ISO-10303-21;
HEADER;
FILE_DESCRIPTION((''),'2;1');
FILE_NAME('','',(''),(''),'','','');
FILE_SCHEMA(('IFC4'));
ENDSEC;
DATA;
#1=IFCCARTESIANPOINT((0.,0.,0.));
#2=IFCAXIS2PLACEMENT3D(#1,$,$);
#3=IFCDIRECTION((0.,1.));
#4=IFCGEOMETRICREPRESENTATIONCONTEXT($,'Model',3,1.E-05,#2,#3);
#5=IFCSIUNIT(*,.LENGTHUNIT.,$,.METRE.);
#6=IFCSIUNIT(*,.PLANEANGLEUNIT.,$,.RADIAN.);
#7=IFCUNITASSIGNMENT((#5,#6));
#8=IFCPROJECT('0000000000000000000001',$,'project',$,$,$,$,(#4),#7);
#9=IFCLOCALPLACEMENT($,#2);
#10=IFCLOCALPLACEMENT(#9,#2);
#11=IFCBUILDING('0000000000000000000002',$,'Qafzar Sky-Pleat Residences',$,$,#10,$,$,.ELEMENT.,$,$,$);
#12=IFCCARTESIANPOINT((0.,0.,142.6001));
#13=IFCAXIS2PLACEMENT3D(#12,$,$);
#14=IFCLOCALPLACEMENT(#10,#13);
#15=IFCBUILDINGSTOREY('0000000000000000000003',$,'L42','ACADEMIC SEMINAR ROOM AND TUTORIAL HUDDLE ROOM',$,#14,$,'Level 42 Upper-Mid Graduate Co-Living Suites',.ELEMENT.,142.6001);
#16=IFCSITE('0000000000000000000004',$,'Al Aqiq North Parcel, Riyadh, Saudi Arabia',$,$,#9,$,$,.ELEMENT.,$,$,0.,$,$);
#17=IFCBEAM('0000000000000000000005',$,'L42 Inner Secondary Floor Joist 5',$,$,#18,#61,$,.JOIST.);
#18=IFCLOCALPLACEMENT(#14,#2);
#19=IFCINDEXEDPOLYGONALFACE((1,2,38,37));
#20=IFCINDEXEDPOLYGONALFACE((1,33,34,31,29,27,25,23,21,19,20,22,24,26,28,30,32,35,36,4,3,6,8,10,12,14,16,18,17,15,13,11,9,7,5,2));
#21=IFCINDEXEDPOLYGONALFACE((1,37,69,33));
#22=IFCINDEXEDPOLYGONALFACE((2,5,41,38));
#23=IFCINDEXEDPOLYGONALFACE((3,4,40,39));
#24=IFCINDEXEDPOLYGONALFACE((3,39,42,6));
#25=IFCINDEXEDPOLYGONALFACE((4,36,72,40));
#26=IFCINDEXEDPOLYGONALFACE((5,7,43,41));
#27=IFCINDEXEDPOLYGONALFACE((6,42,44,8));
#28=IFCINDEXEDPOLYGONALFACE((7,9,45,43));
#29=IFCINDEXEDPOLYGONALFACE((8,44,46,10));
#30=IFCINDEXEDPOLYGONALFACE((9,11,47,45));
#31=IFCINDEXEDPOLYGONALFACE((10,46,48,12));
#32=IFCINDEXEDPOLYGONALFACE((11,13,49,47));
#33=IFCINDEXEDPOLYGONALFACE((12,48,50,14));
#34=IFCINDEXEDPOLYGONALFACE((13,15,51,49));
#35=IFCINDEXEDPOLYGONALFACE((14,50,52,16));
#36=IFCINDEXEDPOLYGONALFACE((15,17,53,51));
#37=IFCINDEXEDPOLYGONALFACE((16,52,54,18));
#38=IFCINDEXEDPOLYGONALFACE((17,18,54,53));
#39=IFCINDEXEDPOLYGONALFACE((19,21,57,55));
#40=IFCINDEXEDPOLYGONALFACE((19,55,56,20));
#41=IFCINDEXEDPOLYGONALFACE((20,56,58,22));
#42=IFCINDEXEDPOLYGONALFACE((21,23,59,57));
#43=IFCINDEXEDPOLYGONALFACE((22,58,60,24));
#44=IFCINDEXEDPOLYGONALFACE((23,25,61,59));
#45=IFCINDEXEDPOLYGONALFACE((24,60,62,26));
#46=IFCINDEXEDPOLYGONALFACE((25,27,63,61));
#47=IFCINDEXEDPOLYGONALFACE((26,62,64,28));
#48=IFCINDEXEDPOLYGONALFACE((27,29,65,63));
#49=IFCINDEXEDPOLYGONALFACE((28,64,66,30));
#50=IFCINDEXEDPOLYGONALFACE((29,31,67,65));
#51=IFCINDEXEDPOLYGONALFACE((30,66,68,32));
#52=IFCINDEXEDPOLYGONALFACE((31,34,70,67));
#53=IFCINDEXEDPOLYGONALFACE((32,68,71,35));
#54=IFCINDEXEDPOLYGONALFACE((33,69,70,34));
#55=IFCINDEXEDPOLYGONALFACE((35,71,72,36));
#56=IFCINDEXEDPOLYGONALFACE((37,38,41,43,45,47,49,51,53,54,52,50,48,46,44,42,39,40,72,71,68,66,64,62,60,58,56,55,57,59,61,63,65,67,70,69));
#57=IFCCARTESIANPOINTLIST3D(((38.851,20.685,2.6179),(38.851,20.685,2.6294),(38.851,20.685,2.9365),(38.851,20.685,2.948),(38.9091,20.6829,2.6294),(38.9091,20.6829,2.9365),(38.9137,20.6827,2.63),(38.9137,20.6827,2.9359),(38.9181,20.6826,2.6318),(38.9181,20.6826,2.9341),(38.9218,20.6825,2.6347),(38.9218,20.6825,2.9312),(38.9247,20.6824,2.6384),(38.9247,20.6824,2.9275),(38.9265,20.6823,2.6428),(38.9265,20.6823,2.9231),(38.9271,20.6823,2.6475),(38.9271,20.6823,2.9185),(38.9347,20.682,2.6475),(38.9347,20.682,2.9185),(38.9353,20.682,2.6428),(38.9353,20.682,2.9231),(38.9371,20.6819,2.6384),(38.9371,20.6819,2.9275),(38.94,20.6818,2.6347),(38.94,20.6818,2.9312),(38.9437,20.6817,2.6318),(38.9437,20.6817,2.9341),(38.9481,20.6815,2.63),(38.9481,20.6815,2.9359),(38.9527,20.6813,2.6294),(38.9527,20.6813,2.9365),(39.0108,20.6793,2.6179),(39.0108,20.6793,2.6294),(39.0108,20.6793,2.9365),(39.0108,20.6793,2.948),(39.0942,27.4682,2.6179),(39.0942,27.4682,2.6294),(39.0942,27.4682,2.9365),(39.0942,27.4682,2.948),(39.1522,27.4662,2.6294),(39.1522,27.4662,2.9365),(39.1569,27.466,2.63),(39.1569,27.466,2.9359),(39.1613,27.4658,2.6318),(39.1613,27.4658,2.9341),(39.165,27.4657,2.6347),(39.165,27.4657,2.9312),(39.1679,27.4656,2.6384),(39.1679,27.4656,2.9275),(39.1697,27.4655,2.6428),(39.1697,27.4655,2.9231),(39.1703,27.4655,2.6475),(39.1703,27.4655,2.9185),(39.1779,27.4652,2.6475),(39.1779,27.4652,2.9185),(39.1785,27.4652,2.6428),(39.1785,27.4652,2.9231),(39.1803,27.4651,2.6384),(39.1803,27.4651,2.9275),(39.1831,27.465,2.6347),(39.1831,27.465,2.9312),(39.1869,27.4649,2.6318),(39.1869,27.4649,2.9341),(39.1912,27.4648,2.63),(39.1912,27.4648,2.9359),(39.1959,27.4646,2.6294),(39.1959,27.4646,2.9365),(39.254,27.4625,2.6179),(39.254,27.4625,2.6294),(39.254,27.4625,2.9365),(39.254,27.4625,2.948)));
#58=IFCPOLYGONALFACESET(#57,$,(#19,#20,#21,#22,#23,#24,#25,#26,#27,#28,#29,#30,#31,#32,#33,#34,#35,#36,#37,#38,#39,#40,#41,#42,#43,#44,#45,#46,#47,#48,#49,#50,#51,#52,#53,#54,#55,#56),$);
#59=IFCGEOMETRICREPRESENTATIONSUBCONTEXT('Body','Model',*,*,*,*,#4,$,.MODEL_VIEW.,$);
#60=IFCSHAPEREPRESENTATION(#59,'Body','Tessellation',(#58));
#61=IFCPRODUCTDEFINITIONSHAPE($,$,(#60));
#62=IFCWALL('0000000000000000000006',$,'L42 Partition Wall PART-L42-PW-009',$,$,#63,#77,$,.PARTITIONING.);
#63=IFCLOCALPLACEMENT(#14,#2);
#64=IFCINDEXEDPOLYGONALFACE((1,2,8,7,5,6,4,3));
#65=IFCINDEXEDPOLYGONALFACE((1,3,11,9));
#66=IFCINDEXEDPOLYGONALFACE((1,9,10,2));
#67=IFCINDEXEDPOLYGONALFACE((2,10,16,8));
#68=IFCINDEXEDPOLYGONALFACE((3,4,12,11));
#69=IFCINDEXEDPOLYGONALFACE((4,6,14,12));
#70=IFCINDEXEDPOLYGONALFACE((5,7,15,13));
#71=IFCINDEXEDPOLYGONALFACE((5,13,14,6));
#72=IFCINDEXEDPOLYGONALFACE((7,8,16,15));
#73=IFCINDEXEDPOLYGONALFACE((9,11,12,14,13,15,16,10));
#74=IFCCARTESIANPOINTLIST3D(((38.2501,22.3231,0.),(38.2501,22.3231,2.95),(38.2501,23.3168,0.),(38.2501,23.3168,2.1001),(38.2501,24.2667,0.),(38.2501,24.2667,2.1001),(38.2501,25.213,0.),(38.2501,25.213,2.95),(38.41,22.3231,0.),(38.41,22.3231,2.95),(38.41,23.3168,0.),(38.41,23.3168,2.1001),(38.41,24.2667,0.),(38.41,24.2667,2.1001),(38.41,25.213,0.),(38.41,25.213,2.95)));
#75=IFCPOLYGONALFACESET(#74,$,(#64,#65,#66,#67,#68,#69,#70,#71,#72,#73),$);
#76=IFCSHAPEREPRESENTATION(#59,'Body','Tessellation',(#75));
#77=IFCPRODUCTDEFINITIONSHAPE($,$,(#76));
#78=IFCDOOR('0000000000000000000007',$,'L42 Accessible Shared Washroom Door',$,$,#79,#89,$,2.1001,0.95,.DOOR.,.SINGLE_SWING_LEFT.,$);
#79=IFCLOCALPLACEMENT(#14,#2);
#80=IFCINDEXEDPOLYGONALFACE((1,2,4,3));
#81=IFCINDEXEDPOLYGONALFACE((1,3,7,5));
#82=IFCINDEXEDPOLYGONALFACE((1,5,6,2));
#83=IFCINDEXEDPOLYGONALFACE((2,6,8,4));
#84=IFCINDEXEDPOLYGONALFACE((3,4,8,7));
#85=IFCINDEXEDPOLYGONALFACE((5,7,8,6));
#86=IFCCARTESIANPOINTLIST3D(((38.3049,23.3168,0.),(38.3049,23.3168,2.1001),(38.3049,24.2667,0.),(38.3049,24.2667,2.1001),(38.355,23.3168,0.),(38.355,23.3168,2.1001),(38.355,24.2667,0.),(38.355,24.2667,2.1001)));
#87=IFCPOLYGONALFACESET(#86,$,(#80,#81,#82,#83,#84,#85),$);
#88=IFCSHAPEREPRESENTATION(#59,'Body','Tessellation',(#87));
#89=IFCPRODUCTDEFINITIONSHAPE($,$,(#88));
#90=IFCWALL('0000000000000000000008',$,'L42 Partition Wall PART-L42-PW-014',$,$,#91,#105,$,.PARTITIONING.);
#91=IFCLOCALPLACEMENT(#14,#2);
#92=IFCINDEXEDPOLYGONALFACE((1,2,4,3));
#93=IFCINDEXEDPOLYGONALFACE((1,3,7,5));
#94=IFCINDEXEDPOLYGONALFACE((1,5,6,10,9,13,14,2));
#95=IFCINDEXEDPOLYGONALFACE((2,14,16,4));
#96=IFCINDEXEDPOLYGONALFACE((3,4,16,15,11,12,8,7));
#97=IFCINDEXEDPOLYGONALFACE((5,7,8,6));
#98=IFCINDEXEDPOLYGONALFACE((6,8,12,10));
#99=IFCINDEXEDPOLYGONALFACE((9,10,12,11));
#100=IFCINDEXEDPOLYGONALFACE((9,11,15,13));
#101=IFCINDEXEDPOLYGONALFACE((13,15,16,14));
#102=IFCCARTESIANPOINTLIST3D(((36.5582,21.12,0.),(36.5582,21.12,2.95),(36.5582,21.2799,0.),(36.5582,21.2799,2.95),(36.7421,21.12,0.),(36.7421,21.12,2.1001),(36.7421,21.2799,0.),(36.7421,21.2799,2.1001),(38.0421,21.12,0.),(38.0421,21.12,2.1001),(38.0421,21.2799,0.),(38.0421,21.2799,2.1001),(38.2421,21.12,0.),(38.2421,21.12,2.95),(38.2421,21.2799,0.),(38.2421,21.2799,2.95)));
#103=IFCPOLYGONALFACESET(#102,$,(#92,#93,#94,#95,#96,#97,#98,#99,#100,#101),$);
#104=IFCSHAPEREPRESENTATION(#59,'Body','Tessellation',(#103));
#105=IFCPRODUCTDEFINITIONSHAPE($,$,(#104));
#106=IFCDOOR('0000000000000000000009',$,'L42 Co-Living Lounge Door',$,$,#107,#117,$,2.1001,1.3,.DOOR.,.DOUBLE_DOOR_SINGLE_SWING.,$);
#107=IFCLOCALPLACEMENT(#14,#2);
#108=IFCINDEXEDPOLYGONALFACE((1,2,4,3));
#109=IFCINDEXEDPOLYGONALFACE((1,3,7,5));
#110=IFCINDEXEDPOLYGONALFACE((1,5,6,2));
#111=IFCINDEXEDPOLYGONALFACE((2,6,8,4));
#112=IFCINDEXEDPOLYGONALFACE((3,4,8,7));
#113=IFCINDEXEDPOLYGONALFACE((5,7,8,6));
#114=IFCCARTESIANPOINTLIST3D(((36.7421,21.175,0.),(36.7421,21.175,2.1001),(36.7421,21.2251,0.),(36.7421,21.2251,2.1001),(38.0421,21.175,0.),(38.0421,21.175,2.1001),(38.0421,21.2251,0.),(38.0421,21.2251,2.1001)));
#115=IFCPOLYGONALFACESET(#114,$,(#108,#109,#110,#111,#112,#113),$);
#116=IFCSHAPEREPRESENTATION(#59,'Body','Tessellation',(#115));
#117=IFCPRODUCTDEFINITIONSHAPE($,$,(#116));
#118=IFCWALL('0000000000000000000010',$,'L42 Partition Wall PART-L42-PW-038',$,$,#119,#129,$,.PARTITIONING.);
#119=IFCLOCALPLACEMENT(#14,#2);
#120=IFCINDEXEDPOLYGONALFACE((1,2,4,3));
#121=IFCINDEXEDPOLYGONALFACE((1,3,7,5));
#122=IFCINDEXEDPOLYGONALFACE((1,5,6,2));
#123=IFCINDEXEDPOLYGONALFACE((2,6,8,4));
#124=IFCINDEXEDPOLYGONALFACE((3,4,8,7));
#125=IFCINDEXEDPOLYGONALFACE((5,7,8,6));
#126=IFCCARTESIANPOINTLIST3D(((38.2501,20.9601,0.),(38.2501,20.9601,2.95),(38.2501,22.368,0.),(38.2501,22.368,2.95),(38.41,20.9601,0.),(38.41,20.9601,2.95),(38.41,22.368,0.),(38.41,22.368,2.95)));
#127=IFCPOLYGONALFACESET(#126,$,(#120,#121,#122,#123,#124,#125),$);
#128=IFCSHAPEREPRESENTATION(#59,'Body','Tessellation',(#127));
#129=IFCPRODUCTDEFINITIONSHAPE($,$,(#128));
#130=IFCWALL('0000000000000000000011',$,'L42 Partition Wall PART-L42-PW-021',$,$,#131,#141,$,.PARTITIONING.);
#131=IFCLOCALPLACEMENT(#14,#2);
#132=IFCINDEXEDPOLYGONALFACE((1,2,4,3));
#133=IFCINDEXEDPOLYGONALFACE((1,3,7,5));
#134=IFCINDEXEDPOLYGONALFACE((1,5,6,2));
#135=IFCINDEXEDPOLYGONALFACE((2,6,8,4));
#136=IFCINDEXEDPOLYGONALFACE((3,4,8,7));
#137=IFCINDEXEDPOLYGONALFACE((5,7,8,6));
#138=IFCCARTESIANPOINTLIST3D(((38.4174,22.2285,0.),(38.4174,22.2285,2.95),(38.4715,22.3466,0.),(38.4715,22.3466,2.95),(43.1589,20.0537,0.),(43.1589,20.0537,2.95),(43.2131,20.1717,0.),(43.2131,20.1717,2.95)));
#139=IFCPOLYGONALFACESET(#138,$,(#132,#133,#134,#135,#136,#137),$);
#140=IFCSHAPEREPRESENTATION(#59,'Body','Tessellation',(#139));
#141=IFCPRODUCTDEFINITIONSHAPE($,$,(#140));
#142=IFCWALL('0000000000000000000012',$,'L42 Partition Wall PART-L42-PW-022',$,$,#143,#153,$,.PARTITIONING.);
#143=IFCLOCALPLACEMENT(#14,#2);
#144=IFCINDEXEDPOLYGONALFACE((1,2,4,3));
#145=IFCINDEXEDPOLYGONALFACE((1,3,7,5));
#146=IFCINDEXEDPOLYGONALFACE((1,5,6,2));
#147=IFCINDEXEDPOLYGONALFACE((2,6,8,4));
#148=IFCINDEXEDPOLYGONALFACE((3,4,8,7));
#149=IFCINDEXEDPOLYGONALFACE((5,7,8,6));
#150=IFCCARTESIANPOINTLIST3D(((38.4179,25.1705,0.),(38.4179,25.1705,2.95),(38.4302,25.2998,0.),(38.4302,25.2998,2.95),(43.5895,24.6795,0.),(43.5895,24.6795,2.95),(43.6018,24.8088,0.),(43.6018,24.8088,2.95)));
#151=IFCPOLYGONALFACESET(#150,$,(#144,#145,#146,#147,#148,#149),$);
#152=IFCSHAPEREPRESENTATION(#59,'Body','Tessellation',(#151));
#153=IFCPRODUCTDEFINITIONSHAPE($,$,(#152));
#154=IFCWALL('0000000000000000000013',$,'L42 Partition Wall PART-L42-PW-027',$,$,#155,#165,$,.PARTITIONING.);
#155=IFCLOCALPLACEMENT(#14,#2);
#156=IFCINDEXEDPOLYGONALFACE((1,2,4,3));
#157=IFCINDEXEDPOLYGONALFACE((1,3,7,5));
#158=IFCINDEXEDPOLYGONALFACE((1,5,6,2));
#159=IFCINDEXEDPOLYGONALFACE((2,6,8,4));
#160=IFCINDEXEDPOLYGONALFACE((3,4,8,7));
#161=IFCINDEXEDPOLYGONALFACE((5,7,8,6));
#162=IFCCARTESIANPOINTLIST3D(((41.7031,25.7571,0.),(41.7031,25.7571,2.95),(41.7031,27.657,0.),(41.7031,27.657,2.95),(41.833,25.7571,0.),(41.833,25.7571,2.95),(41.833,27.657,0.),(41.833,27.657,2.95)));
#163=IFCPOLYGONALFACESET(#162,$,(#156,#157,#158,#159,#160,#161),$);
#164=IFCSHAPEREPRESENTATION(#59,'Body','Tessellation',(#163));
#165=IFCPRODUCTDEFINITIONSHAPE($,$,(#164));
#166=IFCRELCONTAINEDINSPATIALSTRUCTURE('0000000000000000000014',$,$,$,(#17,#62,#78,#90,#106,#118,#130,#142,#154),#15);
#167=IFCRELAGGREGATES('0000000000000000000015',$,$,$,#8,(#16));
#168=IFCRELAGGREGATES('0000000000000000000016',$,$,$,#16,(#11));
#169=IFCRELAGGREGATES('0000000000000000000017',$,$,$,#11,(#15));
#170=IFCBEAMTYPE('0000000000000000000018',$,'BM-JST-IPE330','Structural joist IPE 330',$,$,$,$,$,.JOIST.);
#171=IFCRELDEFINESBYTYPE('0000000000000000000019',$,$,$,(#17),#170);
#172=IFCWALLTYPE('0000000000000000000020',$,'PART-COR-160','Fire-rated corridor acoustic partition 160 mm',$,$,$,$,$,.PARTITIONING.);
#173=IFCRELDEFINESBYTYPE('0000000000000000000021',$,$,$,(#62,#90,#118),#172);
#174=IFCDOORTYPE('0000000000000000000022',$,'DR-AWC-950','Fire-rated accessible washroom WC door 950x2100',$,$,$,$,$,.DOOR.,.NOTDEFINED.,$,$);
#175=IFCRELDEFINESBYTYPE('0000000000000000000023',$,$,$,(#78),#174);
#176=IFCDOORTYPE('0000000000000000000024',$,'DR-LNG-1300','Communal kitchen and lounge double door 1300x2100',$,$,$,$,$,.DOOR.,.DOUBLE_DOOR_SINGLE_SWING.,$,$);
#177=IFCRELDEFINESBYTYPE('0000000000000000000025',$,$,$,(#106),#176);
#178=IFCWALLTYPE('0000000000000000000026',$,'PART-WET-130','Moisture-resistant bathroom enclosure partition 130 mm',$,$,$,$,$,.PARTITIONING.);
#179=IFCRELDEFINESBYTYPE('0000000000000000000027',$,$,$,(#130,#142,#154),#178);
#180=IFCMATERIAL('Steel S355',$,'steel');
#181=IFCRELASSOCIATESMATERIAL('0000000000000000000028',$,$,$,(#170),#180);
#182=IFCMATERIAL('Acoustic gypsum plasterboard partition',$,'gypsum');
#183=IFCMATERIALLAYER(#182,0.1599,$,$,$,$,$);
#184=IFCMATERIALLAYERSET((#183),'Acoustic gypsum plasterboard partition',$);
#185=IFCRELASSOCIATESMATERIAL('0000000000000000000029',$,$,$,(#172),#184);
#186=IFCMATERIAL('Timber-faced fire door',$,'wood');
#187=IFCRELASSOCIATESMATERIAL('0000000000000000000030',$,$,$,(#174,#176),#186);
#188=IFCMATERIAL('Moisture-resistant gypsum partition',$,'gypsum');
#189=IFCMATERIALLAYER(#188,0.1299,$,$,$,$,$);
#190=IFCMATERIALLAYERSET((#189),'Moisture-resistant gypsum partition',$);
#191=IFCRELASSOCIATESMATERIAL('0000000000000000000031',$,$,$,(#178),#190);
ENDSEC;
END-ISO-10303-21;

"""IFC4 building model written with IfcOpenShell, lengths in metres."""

from ifc_helpers import new_model, si_unit, direction, frame, frame_2d, origin, origin_2d, place, context, subcontext, project, spatial, rectangle, i_section, extrude, source, transform, mapped, material, layer, layer_set, material_profile, profile_set, type_object, element, fill, save


model = new_model("IFC4")

# Units and contexts
model_context = context("Model", 3, precision=1e-05, world=origin(), true_north=direction((0.0, 1.0)))
body_context = subcontext(model_context, "Body", "Model", "MODEL_VIEW")
ifc_project = project(units=[si_unit("LENGTHUNIT", "METRE"), si_unit("PLANEANGLEUNIT", "RADIAN")], contexts=[model_context])

# Site, building, storey
site_placement = place(None, origin())
site = spatial("IfcSite", under=ifc_project, at=site_placement, Name="Al Aqiq North Parcel, Riyadh, Saudi Arabia", CompositionType="ELEMENT", RefElevation=0.0)
building_placement = place(site_placement, origin())
building = spatial("IfcBuilding", under=site, at=building_placement, Name="Qafzar Sky-Pleat Residences", CompositionType="ELEMENT")
storey_placement = place(building_placement, frame((0.0, 0.0, 142.6001)))
storey = spatial("IfcBuildingStorey", under=building, at=storey_placement, Name="L42", Description="ACADEMIC SEMINAR ROOM AND TUTORIAL HUDDLE ROOM", LongName="Level 42 Upper-Mid Graduate Co-Living Suites", CompositionType="ELEMENT", Elevation=142.6001)

# Shared definitions
ifc_material_1 = material(Name="Steel S355", Category="steel")

# Beam
ifc_material_profile_1 = material_profile(ifc_material_1, i_section(OverallWidth=0.1599, OverallDepth=0.3301, WebThickness=0.0076, FlangeThickness=0.0115, FilletRadius=0.0181, at=origin_2d()), Name="IPE 330")
ifc_profile_set_1 = profile_set([ifc_material_profile_1], Name="Steel S355")
beam_type_1 = type_object("IfcBeamType", Name="BM-JST-IPE330", Description="Structural joist IPE 330", PredefinedType="JOIST", material=ifc_profile_set_1)
shared_shape_1 = source(origin(), body_context, "Body", "SweptSolid", [
    extrude(i_section(OverallWidth=0.1599, OverallDepth=0.3301, WebThickness=0.0076, FlangeThickness=0.0115, FilletRadius=0.0181, at=origin_2d()), origin(), (0.0, 0.0, 1.0), 6.7876),
])
beam_1_placement = place(storey_placement, frame((38.9309, 20.6821, 2.783), z_axis=(0.035825, 0.999358, 0.0), x_axis=(-0.999358, 0.035825, 0.0)))
element("IfcBeam", 1, at=beam_1_placement, inside=storey, type_object=beam_type_1, Name="L42 Inner Secondary Floor Joist 5", PredefinedType="JOIST", context=body_context, shape_type="MappedRepresentation", body=[
    mapped(shared_shape_1, transform((0.0, 0.0, 0.0), x_axis=(1.0, 0.0, 0.0), y_axis=(0.0, 1.0, 0.0), z_axis=(0.0, 0.0, 1.0), scale=1.0)),
])

# Walls, openings, doors
ifc_material_2 = material(Name="Acoustic gypsum plasterboard partition", Category="gypsum")
ifc_layer_1 = layer(ifc_material_2, 0.1599)
ifc_layer_set_1 = layer_set([ifc_layer_1], Name="Acoustic gypsum plasterboard partition")
wall_type_1 = type_object("IfcWallType", Name="PART-COR-160", Description="Fire-rated corridor acoustic partition 160 mm", PredefinedType="PARTITIONING", material=ifc_layer_set_1)
wall_1_placement = place(storey_placement, frame((38.3301, 25.2129, 0.0), z_axis=(0.0, 0.0, 1.0), x_axis=(0.0, -1.0, 0.0)))
wall_1 = element("IfcWall", 2, at=wall_1_placement, inside=storey, type_object=wall_type_1, Name="L42 Partition Wall PART-L42-PW-009", PredefinedType="PARTITIONING", context=body_context, shape_type="SweptSolid", body=[
    extrude(rectangle(XDim=2.8899, YDim=0.1599, at=frame_2d((1.4448, 0.0))), origin(), (0.0, 0.0, 1.0), 2.95),
])
opening_1_placement = place(wall_1_placement, frame((0.946, 0.0, 0.0)))
opening_1 = element("IfcOpeningElement", 3, at=opening_1_placement, cuts=wall_1, PredefinedType="OPENING", context=body_context, shape_type="SweptSolid", body=[
    extrude(rectangle(XDim=0.95, YDim=2.1001, at=frame_2d((0.4751, 1.05))), frame((0.0, 0.0898, 0.0), z_axis=(0.0, -1.0, 0.0), x_axis=(1.0, 0.0, 0.0)), (0.0, 0.0, 1.0), 0.1799),
])
ifc_material_3 = material(Name="Timber-faced fire door", Category="wood")
door_type_1 = type_object("IfcDoorType", Name="DR-AWC-950", Description="Fire-rated accessible washroom WC door 950x2100", OperationType="NOTDEFINED", PredefinedType="DOOR", material=ifc_material_3)
shared_shape_2 = source(origin(), body_context, "Body", "SweptSolid", [
    extrude(rectangle(XDim=0.95, YDim=2.1001, at=frame_2d((0.4751, 1.05))), frame((0.0, 0.0249, 0.0), z_axis=(0.0, -1.0, 0.0), x_axis=(1.0, 0.0, 0.0)), (0.0, 0.0, 1.0), 0.05),
])
door_1_placement = place(opening_1_placement, origin())
door_1 = element("IfcDoor", 4, at=door_1_placement, inside=storey, type_object=door_type_1, Name="L42 Accessible Shared Washroom Door", OperationType="SINGLE_SWING_LEFT", OverallHeight=2.1001, OverallWidth=0.95, PredefinedType="DOOR", context=body_context, shape_type="MappedRepresentation", body=[
    mapped(shared_shape_2, transform((0.0, 0.0, 0.0), x_axis=(1.0, 0.0, 0.0), y_axis=(0.0, 1.0, 0.0), z_axis=(0.0, 0.0, 1.0), scale=1.0)),
])
fill(opening_1, door_1)
wall_2_placement = place(storey_placement, frame((38.2419, 21.2, 0.0), z_axis=(0.0, 0.0, 1.0), x_axis=(-1.0, 0.0, 0.0)))
wall_2 = element("IfcWall", 5, at=wall_2_placement, inside=storey, type_object=wall_type_1, Name="L42 Partition Wall PART-L42-PW-014", PredefinedType="PARTITIONING", context=body_context, shape_type="SweptSolid", body=[
    extrude(rectangle(XDim=1.6838, YDim=0.1599, at=frame_2d((0.8418, 0.0))), origin(), (0.0, 0.0, 1.0), 2.95),
])
opening_2_placement = place(wall_2_placement, frame((0.2, 0.0, 0.0)))
opening_2 = element("IfcOpeningElement", 6, at=opening_2_placement, cuts=wall_2, PredefinedType="OPENING", context=body_context, shape_type="SweptSolid", body=[
    extrude(rectangle(XDim=1.3, YDim=2.1001, at=frame_2d((0.6499, 1.05))), frame((0.0, 0.0898, 0.0), z_axis=(0.0, -1.0, 0.0), x_axis=(1.0, 0.0, 0.0)), (0.0, 0.0, 1.0), 0.1799),
])
door_type_2 = type_object("IfcDoorType", Name="DR-LNG-1300", Description="Communal kitchen and lounge double door 1300x2100", OperationType="DOUBLE_DOOR_SINGLE_SWING", PredefinedType="DOOR", material=ifc_material_3)
shared_shape_3 = source(origin(), body_context, "Body", "SweptSolid", [
    extrude(rectangle(XDim=1.3, YDim=2.1001, at=frame_2d((0.6499, 1.05))), frame((0.0, 0.0249, 0.0), z_axis=(0.0, -1.0, 0.0), x_axis=(1.0, 0.0, 0.0)), (0.0, 0.0, 1.0), 0.05),
])
door_2_placement = place(opening_2_placement, origin())
door_2 = element("IfcDoor", 7, at=door_2_placement, inside=storey, type_object=door_type_2, Name="L42 Co-Living Lounge Door", OperationType="DOUBLE_DOOR_SINGLE_SWING", OverallHeight=2.1001, OverallWidth=1.3, PredefinedType="DOOR", context=body_context, shape_type="MappedRepresentation", body=[
    mapped(shared_shape_3, transform((0.0, 0.0, 0.0), x_axis=(1.0, 0.0, 0.0), y_axis=(0.0, 1.0, 0.0), z_axis=(0.0, 0.0, 1.0), scale=1.0)),
])
fill(opening_2, door_2)

# Walls
wall_3_placement = place(storey_placement, frame((38.3301, 20.96, 0.0), z_axis=(0.0, 0.0, 1.0), x_axis=(0.0, 1.0, 0.0)))
element("IfcWall", 8, at=wall_3_placement, inside=storey, type_object=wall_type_1, Name="L42 Partition Wall PART-L42-PW-038", PredefinedType="PARTITIONING", context=body_context, shape_type="SweptSolid", body=[
    extrude(rectangle(XDim=1.408, YDim=0.1599, at=frame_2d((0.7041, 0.0))), origin(), (0.0, 0.0, 1.0), 2.95),
])
ifc_material_4 = material(Name="Moisture-resistant gypsum partition", Category="gypsum")
ifc_layer_2 = layer(ifc_material_4, 0.1299)
ifc_layer_set_2 = layer_set([ifc_layer_2], Name="Moisture-resistant gypsum partition")
wall_type_2 = type_object("IfcWallType", Name="PART-WET-130", Description="Moisture-resistant bathroom enclosure partition 130 mm", PredefinedType="PARTITIONING", material=ifc_layer_set_2)
wall_4_placement = place(storey_placement, frame((38.4443, 22.2876, 0.0), z_axis=(0.0, 0.0, 1.0), x_axis=(0.908946, -0.416914, 0.0)))
element("IfcWall", 9, at=wall_4_placement, inside=storey, type_object=wall_type_2, Name="L42 Partition Wall PART-L42-PW-021", PredefinedType="PARTITIONING", context=body_context, shape_type="SweptSolid", body=[
    extrude(rectangle(XDim=5.2166, YDim=0.1299, at=frame_2d((2.6084, 0.0))), origin(), (0.0, 0.0, 1.0), 2.95),
])
wall_5_placement = place(storey_placement, frame((38.4241, 25.2351, 0.0), z_axis=(0.0, 0.0, 1.0), x_axis=(0.995524, -0.09451, 0.0)))
element("IfcWall", 10, at=wall_5_placement, inside=storey, type_object=wall_type_2, Name="L42 Partition Wall PART-L42-PW-022", PredefinedType="PARTITIONING", context=body_context, shape_type="SweptSolid", body=[
    extrude(rectangle(XDim=5.1948, YDim=0.1299, at=frame_2d((2.5974, 0.0))), origin(), (0.0, 0.0, 1.0), 2.95),
])
wall_6_placement = place(storey_placement, frame((41.7681, 25.7571, 0.0), z_axis=(0.0, 0.0, 1.0), x_axis=(0.0, 1.0, 0.0)))
element("IfcWall", 11, at=wall_6_placement, inside=storey, type_object=wall_type_2, Name="L42 Partition Wall PART-L42-PW-027", PredefinedType="PARTITIONING", context=body_context, shape_type="SweptSolid", body=[
    extrude(rectangle(XDim=1.8999, YDim=0.1299, at=frame_2d((0.95, 0.0))), origin(), (0.0, 0.0, 1.0), 2.95),
])

save(model, "model.ifc")
